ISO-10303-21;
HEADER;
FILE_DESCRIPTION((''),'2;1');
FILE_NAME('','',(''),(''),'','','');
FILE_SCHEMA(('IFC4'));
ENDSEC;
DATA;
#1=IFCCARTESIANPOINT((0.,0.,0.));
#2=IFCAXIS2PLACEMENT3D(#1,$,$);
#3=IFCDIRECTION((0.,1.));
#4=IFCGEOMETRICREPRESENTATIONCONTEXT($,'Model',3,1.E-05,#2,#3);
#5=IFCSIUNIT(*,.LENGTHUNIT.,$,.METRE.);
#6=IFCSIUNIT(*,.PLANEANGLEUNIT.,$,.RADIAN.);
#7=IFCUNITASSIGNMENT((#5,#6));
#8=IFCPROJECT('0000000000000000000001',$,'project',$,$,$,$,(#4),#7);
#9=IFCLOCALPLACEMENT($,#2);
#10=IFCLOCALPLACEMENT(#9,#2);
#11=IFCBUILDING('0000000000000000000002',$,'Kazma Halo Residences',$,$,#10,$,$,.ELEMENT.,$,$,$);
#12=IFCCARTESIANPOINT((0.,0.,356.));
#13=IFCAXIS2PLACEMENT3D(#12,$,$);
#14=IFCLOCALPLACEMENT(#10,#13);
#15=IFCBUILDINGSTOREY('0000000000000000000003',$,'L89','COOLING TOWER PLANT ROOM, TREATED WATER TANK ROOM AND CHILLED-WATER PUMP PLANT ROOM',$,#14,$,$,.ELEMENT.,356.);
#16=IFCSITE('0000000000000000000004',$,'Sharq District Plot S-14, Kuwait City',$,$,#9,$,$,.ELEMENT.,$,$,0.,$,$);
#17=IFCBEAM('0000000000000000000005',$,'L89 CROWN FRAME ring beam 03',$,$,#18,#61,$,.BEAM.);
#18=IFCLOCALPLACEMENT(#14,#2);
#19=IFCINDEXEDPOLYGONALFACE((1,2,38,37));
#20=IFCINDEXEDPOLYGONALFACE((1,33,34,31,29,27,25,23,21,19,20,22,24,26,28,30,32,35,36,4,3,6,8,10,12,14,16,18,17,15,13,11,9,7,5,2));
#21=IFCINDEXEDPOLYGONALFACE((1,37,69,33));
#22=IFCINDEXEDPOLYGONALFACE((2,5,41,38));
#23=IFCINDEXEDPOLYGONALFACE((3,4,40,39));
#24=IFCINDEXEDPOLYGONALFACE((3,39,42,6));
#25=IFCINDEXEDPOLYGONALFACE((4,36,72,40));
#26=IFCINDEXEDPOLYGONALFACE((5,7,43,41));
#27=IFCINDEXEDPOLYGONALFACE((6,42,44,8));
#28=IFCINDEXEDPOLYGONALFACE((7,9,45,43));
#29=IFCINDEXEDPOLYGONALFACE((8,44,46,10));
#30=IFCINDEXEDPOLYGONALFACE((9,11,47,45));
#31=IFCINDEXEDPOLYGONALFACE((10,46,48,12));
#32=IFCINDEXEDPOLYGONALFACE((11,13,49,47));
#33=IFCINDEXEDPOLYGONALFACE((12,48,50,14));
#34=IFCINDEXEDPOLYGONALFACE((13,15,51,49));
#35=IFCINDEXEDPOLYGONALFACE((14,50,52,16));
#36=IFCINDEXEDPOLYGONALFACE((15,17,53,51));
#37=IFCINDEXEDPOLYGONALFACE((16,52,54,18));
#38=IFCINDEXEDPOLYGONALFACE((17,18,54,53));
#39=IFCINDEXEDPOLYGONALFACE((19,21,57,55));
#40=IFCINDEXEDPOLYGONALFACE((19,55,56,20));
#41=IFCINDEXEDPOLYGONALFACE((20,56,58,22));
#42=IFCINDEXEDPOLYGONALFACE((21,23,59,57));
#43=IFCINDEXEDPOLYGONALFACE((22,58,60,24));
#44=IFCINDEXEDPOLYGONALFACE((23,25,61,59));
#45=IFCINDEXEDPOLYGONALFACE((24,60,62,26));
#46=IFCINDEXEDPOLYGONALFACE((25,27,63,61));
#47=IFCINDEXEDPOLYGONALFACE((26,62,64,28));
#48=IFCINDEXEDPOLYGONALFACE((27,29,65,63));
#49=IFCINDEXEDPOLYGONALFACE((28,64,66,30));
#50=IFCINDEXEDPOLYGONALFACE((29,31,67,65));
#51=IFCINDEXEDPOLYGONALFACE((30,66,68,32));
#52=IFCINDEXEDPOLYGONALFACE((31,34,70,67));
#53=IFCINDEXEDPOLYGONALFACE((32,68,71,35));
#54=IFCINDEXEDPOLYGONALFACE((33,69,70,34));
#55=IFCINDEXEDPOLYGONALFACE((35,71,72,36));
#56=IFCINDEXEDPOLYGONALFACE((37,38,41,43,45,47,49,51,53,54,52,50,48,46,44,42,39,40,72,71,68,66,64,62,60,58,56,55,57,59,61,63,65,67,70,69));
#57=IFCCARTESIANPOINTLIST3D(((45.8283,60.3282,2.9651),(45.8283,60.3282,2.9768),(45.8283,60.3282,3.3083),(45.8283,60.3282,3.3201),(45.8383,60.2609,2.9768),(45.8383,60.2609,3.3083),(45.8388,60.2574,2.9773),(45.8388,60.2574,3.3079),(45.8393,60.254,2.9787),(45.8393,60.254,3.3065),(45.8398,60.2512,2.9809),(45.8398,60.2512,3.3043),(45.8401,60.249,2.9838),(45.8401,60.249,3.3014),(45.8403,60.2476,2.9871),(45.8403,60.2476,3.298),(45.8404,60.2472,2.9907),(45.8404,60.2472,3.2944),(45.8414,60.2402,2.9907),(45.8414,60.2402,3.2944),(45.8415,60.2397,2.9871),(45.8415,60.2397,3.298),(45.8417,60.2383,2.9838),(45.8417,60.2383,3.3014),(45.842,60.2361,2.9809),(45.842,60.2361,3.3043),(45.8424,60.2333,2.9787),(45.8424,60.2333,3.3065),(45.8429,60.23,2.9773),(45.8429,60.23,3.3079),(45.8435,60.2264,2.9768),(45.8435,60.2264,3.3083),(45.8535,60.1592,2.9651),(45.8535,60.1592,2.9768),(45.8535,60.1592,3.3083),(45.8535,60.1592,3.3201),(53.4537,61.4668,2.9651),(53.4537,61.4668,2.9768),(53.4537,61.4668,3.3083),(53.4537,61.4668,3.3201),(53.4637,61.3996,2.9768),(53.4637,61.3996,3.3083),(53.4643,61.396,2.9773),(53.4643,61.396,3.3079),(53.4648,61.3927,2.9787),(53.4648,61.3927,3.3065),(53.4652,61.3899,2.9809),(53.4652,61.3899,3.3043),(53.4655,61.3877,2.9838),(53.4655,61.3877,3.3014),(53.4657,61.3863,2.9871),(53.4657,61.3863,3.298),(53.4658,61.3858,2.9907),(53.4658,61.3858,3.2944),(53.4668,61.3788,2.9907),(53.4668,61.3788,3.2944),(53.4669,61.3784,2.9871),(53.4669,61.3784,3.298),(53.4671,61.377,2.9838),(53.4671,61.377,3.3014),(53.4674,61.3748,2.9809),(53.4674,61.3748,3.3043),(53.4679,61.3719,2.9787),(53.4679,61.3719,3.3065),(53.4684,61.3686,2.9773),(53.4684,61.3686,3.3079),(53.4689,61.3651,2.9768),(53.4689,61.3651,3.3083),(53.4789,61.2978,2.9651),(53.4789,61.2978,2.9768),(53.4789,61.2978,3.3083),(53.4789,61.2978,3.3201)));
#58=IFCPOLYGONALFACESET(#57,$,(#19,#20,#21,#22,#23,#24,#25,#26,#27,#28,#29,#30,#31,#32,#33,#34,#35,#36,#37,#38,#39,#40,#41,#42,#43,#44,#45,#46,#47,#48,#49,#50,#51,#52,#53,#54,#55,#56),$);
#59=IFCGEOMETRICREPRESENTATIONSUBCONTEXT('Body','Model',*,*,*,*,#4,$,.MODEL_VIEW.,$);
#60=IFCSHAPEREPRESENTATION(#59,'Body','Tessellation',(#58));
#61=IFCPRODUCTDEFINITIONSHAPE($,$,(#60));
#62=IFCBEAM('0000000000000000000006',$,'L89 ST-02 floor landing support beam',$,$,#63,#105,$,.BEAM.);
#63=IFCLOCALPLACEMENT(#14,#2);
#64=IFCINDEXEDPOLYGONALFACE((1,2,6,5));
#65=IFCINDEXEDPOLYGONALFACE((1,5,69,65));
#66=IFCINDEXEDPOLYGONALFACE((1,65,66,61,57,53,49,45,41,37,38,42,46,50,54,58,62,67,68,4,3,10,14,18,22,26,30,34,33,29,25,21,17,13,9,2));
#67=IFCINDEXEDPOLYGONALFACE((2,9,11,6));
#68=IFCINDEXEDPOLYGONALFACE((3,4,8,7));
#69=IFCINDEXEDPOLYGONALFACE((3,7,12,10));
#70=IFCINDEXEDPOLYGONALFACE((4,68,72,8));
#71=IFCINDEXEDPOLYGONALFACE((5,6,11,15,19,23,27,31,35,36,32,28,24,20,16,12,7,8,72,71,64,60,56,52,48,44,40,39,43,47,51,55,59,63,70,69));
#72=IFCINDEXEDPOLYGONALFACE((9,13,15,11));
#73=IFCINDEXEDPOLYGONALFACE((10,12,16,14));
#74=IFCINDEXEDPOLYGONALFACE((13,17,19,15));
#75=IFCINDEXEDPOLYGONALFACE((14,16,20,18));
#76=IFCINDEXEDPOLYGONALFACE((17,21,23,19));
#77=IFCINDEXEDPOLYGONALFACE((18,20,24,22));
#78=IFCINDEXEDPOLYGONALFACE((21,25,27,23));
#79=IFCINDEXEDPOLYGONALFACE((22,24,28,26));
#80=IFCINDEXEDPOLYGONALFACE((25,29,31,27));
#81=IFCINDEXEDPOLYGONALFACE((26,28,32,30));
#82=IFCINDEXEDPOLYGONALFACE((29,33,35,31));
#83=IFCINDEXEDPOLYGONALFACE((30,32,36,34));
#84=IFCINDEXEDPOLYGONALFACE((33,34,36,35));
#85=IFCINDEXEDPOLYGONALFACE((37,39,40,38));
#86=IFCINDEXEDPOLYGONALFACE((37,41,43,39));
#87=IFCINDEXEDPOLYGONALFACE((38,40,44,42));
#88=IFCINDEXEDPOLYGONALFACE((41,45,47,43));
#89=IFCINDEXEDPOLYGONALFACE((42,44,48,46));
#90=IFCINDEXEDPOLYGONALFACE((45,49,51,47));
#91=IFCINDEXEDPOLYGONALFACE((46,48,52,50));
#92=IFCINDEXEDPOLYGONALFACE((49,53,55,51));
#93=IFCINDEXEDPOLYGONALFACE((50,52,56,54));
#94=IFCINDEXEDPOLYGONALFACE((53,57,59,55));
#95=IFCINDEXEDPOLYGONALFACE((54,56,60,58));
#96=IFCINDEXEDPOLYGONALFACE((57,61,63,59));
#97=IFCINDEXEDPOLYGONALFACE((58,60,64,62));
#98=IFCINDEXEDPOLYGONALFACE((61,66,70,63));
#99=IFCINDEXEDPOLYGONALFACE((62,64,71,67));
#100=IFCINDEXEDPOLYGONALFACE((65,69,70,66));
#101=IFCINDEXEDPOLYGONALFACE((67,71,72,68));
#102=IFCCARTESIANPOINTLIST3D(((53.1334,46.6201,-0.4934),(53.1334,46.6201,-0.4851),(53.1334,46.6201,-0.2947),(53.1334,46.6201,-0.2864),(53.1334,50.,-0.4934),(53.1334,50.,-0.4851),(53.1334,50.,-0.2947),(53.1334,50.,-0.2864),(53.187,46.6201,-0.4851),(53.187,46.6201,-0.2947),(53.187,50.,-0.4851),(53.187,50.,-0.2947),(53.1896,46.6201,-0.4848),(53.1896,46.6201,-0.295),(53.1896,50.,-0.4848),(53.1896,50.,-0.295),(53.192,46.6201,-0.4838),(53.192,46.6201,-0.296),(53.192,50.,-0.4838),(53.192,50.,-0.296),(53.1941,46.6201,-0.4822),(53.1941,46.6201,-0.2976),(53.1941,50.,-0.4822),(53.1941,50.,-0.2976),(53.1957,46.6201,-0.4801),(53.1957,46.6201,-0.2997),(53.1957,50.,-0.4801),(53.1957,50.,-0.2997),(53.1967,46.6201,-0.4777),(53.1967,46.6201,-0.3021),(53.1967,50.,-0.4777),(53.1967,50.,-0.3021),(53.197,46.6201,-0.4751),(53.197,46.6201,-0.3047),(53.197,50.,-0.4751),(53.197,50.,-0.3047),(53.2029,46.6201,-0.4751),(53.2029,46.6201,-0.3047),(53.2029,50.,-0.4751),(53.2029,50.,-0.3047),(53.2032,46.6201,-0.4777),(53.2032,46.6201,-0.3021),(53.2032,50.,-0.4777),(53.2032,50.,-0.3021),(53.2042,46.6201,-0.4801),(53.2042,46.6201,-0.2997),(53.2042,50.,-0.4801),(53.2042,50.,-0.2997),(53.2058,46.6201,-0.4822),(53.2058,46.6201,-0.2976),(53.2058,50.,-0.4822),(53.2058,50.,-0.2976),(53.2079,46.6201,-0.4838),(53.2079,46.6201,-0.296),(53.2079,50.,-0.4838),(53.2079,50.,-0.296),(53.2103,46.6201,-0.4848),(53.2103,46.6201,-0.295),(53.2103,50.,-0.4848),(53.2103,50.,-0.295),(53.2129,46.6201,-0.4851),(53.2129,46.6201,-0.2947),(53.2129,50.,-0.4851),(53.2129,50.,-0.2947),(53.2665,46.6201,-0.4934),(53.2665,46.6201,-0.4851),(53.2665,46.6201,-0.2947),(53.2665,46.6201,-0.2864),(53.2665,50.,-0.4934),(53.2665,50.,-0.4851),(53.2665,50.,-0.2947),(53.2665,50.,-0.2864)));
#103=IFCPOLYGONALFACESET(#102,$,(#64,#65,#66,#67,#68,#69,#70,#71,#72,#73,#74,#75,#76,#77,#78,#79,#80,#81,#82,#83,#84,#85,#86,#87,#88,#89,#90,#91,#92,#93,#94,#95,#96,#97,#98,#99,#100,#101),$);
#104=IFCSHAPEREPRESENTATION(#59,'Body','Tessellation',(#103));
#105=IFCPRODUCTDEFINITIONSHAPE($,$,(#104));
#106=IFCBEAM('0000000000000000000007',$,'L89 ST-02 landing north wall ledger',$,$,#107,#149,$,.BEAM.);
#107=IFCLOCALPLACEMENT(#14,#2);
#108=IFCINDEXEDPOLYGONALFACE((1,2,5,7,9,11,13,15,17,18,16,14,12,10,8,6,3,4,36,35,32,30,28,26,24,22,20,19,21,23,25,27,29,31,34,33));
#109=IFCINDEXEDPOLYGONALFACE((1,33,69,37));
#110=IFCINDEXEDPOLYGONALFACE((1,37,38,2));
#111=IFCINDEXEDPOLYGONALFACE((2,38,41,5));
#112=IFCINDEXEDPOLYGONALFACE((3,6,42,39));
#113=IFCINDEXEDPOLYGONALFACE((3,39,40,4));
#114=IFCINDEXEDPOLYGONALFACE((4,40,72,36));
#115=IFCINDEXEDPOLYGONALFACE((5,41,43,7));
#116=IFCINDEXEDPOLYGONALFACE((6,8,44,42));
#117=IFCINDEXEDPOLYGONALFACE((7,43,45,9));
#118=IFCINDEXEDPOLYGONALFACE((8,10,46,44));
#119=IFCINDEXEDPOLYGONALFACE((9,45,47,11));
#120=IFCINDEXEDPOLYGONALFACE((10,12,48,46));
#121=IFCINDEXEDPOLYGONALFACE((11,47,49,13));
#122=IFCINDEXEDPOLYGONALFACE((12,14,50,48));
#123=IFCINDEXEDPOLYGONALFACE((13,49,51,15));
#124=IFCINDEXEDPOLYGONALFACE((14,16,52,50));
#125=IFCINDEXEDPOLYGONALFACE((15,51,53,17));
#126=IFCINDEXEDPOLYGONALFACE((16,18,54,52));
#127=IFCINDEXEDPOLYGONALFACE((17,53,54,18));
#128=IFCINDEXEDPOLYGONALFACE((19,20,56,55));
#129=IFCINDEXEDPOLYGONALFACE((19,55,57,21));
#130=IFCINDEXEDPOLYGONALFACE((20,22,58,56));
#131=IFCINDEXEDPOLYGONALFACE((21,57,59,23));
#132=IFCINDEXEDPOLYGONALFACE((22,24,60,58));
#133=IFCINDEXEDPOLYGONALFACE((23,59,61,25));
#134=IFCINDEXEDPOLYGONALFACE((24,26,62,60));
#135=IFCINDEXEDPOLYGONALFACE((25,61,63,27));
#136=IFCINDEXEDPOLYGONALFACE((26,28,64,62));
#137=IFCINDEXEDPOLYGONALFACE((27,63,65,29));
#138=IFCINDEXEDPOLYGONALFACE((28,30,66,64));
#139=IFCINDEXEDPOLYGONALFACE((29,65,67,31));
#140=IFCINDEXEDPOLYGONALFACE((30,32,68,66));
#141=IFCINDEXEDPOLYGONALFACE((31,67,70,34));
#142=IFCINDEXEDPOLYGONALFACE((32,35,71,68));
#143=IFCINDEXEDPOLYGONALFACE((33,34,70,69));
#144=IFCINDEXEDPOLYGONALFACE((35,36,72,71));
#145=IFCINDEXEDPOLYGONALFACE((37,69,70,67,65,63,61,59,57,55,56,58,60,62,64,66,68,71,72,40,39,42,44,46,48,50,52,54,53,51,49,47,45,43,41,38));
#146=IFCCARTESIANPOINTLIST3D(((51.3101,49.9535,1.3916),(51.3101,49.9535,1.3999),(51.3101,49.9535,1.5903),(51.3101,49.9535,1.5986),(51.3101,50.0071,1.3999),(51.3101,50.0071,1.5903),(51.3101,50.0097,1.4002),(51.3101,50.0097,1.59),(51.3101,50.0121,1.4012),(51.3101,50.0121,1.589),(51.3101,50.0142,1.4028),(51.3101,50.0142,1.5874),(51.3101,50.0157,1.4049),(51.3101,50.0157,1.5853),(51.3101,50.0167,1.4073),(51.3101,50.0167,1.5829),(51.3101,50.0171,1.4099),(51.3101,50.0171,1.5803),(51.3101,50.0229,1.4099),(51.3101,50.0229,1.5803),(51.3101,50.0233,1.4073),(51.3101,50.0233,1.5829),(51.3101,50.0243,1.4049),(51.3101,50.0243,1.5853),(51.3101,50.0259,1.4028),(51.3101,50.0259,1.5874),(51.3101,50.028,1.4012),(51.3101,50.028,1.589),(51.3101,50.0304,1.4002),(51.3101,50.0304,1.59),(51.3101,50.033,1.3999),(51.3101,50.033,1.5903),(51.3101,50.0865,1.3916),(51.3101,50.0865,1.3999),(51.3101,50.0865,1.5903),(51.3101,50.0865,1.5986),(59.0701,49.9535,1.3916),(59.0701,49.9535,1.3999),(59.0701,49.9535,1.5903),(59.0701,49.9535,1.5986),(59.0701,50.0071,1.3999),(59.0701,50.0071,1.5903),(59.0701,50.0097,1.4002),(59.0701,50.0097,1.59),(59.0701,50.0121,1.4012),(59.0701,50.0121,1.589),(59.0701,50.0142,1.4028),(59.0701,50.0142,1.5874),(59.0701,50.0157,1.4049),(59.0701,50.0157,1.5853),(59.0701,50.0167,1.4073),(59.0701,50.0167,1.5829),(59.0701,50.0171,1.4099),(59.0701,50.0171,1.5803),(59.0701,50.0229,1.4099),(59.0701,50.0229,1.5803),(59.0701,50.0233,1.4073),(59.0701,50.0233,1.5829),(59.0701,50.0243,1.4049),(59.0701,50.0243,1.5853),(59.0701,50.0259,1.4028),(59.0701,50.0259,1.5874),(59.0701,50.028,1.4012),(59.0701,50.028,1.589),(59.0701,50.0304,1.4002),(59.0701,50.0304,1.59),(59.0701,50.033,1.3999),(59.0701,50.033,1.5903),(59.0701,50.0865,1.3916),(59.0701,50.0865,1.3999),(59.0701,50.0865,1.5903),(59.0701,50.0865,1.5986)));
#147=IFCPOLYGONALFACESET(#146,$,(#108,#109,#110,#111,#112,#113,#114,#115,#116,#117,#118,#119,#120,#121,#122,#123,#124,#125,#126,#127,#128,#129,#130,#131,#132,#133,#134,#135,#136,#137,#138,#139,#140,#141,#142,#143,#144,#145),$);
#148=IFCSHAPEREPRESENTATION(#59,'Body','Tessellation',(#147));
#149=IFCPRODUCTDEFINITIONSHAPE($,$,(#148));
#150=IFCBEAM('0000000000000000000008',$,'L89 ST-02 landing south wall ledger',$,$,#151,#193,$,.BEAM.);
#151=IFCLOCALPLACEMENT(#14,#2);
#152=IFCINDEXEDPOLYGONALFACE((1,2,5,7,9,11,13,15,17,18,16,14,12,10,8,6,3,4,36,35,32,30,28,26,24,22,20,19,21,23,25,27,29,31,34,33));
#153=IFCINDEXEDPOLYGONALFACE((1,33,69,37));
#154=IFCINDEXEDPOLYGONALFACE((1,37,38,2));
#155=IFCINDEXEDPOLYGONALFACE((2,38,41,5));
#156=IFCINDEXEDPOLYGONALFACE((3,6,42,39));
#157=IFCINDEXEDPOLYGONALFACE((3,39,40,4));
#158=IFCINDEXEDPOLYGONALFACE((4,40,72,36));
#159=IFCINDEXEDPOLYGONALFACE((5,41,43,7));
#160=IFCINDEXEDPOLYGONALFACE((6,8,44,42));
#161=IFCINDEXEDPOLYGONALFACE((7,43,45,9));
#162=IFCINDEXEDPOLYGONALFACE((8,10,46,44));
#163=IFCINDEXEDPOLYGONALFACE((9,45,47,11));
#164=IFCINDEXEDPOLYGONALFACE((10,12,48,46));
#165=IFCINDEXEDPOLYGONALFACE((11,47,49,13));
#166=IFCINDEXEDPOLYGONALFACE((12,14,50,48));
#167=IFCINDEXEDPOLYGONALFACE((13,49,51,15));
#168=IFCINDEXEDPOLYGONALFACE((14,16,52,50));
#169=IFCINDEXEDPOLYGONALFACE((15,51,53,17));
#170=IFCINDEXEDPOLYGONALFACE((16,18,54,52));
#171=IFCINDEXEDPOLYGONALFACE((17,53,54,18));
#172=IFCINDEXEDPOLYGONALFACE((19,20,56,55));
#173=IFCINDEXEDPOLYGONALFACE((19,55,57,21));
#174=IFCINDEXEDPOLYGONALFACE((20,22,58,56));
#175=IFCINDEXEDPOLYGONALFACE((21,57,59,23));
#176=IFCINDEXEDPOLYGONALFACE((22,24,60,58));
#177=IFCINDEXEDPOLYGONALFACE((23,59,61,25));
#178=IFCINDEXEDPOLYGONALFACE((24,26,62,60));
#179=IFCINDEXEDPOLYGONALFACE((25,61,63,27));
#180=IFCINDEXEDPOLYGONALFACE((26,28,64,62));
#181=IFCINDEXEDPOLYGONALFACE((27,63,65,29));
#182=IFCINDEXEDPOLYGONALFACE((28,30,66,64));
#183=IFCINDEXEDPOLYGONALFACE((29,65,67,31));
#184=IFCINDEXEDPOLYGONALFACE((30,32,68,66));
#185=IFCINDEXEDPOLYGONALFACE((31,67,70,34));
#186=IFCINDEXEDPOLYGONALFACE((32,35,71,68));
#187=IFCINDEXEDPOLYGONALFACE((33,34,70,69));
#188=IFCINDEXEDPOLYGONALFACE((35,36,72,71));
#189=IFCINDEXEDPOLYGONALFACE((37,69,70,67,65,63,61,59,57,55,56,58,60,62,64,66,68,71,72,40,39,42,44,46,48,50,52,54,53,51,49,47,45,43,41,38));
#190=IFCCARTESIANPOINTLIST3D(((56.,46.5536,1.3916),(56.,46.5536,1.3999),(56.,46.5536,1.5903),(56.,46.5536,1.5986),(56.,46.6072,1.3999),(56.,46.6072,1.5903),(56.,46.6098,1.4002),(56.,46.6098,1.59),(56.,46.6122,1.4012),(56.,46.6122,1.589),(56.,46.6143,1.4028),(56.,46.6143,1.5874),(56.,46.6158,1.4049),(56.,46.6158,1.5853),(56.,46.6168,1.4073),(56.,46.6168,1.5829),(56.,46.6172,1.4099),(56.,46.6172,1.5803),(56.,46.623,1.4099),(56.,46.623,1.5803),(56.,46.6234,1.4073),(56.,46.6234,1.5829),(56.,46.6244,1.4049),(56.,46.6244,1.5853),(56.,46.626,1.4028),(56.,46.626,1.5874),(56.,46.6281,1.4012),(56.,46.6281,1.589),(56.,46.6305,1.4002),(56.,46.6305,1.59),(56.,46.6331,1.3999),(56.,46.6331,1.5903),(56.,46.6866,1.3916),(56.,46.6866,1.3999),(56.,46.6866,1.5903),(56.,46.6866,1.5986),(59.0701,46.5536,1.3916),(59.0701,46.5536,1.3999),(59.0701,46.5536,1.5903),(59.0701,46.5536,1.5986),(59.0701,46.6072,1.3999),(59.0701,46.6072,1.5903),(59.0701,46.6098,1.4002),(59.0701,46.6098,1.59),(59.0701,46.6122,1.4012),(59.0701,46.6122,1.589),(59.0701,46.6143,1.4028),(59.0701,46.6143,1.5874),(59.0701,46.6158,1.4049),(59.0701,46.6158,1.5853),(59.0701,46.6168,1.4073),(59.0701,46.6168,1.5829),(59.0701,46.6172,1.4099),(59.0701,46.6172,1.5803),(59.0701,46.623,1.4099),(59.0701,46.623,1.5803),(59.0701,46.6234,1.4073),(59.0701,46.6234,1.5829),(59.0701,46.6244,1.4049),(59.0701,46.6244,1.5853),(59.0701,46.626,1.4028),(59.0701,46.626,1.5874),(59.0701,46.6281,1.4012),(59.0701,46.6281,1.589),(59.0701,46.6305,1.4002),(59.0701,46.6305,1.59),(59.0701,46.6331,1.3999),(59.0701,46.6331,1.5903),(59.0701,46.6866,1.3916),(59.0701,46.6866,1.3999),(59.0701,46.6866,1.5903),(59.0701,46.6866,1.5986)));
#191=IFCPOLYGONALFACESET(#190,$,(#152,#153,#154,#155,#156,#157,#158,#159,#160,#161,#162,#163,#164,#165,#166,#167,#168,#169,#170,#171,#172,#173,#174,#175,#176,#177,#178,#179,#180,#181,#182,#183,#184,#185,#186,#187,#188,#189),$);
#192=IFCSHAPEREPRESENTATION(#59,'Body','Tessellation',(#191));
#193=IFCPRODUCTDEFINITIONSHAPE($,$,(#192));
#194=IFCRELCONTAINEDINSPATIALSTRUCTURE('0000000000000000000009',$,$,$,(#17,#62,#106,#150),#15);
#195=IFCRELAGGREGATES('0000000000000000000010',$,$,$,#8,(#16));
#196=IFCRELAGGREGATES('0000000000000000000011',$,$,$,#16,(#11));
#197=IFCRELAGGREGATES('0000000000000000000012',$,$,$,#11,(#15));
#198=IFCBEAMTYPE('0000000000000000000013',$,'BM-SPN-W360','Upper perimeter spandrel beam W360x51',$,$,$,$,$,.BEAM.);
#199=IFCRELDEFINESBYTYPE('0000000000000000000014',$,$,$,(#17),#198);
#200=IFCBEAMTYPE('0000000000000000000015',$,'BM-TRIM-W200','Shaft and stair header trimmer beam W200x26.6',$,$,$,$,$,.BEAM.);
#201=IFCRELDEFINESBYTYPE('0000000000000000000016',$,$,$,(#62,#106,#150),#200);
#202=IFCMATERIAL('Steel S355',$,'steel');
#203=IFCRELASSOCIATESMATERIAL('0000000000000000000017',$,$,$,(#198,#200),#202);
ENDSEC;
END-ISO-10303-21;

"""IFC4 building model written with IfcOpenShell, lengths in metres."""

from ifc_helpers import new_model, si_unit, direction, frame, origin, origin_2d, place, context, subcontext, project, spatial, i_section, extrude, material, material_profile, profile_set, type_object, element, save


model = new_model("IFC4")

# Units and contexts
model_context = context("Model", 3, precision=1e-05, world=origin(), true_north=direction((0.0, 1.0)))
body_context = subcontext(model_context, "Body", "Model", "MODEL_VIEW")
ifc_project = project(units=[si_unit("LENGTHUNIT", "METRE"), si_unit("PLANEANGLEUNIT", "RADIAN")], contexts=[model_context])

# Site, building, storey
site_placement = place(None, origin())
site = spatial("IfcSite", under=ifc_project, at=site_placement, Name="Sharq District Plot S-14, Kuwait City", CompositionType="ELEMENT", RefElevation=0.0)
building_placement = place(site_placement, origin())
building = spatial("IfcBuilding", under=site, at=building_placement, Name="Kazma Halo Residences", CompositionType="ELEMENT")
storey_placement = place(building_placement, frame((0.0, 0.0, 356.0)))
storey = spatial("IfcBuildingStorey", under=building, at=storey_placement, Name="L89", Description="COOLING TOWER PLANT ROOM, TREATED WATER TANK ROOM AND CHILLED-WATER PUMP PLANT ROOM", CompositionType="ELEMENT", Elevation=356.0)

# Shared definitions
ifc_material_1 = material(Name="Steel S355", Category="steel")

# Beams
ifc_material_profile_1 = material_profile(ifc_material_1, i_section(OverallWidth=0.1709, OverallDepth=0.355, WebThickness=0.0071, FlangeThickness=0.0117, FilletRadius=0.0139, at=origin_2d()), Name="W360x51")
ifc_profile_set_1 = profile_set([ifc_material_profile_1], Name="Steel S355")
beam_type_1 = type_object("IfcBeamType", Name="BM-SPN-W360", Description="Upper perimeter spandrel beam W360x51", PredefinedType="BEAM", material=ifc_profile_set_1)
beam_1_placement = place(storey_placement, frame((53.4663, 61.3823, 3.1426), z_axis=(-0.989034, -0.147687, 0.0), x_axis=(0.147687, -0.989034, 0.0)))
element("IfcBeam", 1, at=beam_1_placement, inside=storey, type_object=beam_type_1, Name="L89 CROWN FRAME ring beam 03", PredefinedType="BEAM", context=body_context, shape_type="SweptSolid", body=[
    extrude(i_section(OverallWidth=0.1709, OverallDepth=0.355, WebThickness=0.0071, FlangeThickness=0.0117, FilletRadius=0.0139, at=origin_2d()), origin(), (0.0, 0.0, 1.0), 7.71),
])
ifc_material_profile_2 = material_profile(ifc_material_1, i_section(OverallWidth=0.1331, OverallDepth=0.207, WebThickness=0.0059, FlangeThickness=0.0083, FilletRadius=0.01, at=origin_2d()), Name="W200x26.6")
ifc_profile_set_2 = profile_set([ifc_material_profile_2], Name="Steel S355")
beam_type_2 = type_object("IfcBeamType", Name="BM-TRIM-W200", Description="Shaft and stair header trimmer beam W200x26.6", PredefinedType="BEAM", material=ifc_profile_set_2)
beam_2_placement = place(storey_placement, frame((53.2, 46.6201, -0.3899), z_axis=(0.0, 1.0, 0.0), x_axis=(-1.0, 0.0, 0.0)))
element("IfcBeam", 2, at=beam_2_placement, inside=storey, type_object=beam_type_2, Name="L89 ST-02 floor landing support beam", PredefinedType="BEAM", context=body_context, shape_type="SweptSolid", body=[
    extrude(i_section(OverallWidth=0.1331, OverallDepth=0.207, WebThickness=0.0059, FlangeThickness=0.0083, FilletRadius=0.01, at=origin_2d()), origin(), (0.0, 0.0, 1.0), 3.3799),
])
beam_3_placement = place(storey_placement, frame((51.3101, 50.02, 1.4951), z_axis=(1.0, 0.0, 0.0), x_axis=(0.0, 1.0, 0.0)))
element("IfcBeam", 3, at=beam_3_placement, inside=storey, type_object=beam_type_2, Name="L89 ST-02 landing north wall ledger", PredefinedType="BEAM", context=body_context, shape_type="SweptSolid", body=[
    extrude(i_section(OverallWidth=0.1331, OverallDepth=0.207, WebThickness=0.0059, FlangeThickness=0.0083, FilletRadius=0.01, at=origin_2d()), origin(), (0.0, 0.0, 1.0), 7.76),
])
beam_4_placement = place(storey_placement, frame((56.0, 46.6201, 1.4951), z_axis=(1.0, 0.0, 0.0), x_axis=(0.0, 1.0, 0.0)))
element("IfcBeam", 4, at=beam_4_placement, inside=storey, type_object=beam_type_2, Name="L89 ST-02 landing south wall ledger", PredefinedType="BEAM", context=body_context, shape_type="SweptSolid", body=[
    extrude(i_section(OverallWidth=0.1331, OverallDepth=0.207, WebThickness=0.0059, FlangeThickness=0.0083, FilletRadius=0.01, at=origin_2d()), origin(), (0.0, 0.0, 1.0), 3.0701),
])

save(model, "model.ifc")
